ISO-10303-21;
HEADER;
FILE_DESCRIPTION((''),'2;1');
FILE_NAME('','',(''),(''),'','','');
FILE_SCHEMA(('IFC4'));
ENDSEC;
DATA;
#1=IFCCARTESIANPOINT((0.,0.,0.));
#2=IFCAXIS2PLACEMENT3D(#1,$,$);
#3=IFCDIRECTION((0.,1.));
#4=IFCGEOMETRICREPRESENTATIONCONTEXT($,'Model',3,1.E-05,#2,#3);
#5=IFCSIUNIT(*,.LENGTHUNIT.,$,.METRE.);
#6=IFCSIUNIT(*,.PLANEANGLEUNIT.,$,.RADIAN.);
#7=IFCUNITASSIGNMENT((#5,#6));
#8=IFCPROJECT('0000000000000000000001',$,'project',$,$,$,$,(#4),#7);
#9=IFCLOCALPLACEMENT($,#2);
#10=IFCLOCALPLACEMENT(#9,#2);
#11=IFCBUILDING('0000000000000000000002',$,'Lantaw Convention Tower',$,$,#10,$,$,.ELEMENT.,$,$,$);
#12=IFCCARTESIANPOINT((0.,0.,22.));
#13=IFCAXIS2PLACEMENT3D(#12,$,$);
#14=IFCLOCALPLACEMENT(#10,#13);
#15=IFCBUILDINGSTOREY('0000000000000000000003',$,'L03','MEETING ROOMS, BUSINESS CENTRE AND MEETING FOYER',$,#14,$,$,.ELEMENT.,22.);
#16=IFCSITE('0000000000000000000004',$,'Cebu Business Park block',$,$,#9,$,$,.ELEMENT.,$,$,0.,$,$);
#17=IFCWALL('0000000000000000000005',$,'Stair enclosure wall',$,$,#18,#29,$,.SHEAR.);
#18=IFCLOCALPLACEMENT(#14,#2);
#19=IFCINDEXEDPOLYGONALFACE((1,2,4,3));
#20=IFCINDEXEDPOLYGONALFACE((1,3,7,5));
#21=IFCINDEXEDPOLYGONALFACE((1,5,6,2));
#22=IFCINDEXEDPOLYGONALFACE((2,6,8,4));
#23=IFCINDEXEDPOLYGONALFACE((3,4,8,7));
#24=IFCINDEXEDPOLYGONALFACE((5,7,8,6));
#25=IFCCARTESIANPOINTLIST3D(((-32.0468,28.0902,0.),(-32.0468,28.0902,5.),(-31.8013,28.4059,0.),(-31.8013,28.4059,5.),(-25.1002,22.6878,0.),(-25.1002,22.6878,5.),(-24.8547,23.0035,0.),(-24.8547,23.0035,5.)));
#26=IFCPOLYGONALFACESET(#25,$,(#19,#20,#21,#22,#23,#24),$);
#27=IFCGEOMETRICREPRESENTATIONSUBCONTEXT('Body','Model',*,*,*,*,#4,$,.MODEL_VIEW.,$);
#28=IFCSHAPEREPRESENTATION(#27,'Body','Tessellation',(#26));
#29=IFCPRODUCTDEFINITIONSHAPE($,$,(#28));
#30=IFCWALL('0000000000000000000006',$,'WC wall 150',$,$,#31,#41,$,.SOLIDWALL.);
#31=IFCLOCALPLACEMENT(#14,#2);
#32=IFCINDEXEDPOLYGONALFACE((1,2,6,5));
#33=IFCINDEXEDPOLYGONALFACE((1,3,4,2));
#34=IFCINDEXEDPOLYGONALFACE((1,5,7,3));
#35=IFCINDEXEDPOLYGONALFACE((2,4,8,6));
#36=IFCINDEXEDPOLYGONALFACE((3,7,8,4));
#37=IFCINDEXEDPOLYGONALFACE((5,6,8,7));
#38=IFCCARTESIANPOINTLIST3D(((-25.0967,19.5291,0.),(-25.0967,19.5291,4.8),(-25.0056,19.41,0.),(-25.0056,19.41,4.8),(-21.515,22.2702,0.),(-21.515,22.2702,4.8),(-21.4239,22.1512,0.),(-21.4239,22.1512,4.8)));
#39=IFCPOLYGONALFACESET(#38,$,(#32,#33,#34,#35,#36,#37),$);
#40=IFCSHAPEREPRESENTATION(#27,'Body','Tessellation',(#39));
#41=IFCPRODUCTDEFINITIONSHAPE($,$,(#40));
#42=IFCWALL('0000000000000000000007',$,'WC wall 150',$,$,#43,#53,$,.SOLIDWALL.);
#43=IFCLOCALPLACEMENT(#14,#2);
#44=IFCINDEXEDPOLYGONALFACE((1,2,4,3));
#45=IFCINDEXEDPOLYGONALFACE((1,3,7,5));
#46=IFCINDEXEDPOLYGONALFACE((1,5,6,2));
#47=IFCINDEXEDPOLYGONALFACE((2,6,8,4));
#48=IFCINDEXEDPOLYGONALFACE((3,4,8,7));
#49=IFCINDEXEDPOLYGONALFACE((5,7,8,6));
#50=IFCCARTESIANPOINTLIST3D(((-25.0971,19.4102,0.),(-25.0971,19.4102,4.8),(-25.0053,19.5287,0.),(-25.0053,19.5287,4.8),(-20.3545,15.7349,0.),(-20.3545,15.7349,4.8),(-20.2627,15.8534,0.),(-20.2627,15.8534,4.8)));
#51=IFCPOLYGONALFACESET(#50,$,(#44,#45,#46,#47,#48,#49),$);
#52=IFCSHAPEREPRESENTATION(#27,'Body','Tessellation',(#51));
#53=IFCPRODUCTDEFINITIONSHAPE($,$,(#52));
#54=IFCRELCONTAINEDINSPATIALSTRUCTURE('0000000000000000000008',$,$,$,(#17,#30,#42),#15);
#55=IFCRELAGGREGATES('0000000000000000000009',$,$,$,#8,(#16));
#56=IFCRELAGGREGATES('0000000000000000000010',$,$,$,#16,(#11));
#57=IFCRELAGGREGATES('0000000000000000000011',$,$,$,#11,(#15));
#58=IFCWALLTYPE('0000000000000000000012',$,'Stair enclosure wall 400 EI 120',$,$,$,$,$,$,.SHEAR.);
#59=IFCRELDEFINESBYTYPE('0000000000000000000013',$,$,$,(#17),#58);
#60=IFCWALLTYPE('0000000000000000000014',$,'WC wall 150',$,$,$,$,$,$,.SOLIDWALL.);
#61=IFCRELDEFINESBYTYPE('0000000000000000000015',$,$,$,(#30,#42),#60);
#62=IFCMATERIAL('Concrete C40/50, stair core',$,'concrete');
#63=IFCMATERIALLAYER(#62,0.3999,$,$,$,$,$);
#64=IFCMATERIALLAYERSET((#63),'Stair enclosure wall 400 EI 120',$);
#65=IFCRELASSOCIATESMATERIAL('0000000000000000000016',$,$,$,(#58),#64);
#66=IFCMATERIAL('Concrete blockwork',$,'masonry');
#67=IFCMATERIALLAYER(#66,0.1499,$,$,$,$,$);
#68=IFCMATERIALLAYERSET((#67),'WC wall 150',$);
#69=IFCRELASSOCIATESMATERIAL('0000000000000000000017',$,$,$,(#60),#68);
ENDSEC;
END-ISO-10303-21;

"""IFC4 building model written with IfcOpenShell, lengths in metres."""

from ifc_helpers import new_model, si_unit, direction, frame, frame_2d, origin, place, context, subcontext, project, spatial, rectangle, extrude, material, layer, layer_set, type_object, element, save


model = new_model("IFC4")

# Units and contexts
model_context = context("Model", 3, precision=1e-05, world=origin(), true_north=direction((0.0, 1.0)))
body_context = subcontext(model_context, "Body", "Model", "MODEL_VIEW")
ifc_project = project(units=[si_unit("LENGTHUNIT", "METRE"), si_unit("PLANEANGLEUNIT", "RADIAN")], contexts=[model_context])

# Site, building, storey
site_placement = place(None, origin())
site = spatial("IfcSite", under=ifc_project, at=site_placement, Name="Cebu Business Park block", CompositionType="ELEMENT", RefElevation=0.0)
building_placement = place(site_placement, origin())
building = spatial("IfcBuilding", under=site, at=building_placement, Name="Lantaw Convention Tower", CompositionType="ELEMENT")
storey_placement = place(building_placement, frame((0.0, 0.0, 22.0)))
storey = spatial("IfcBuildingStorey", under=building, at=storey_placement, Name="L03", Description="MEETING ROOMS, BUSINESS CENTRE AND MEETING FOYER", CompositionType="ELEMENT", Elevation=22.0)

# Shared definitions
ifc_material_1 = material(Name="Concrete blockwork", Category="masonry")

# Shared definitions
ifc_material_2 = material(Name="Concrete C40/50, stair core", Category="concrete")
ifc_layer_1 = layer(ifc_material_2, 0.3999)
ifc_layer_set_1 = layer_set([ifc_layer_1], Name="Stair enclosure wall 400 EI 120")
wall_type_1 = type_object("IfcWallType", Name="Stair enclosure wall 400 EI 120", PredefinedType="SHEAR", material=ifc_layer_set_1)

# Walls
wall_1_placement = place(storey_placement, frame((-24.9775, 22.8457, 0.0), z_axis=(0.0, 0.0, 1.0), x_axis=(-0.789381, 0.613904, 0.0)))
element("IfcWall", 1, at=wall_1_placement, inside=storey, type_object=wall_type_1, Name="Stair enclosure wall", PredefinedType="SHEAR", context=body_context, shape_type="SweptSolid", body=[
    extrude(rectangle(XDim=8.8, YDim=0.3999, at=frame_2d((4.3999, 0.0))), origin(), (0.0, 0.0, 1.0), 5.0),
])
ifc_layer_2 = layer(ifc_material_1, 0.1499)
ifc_layer_set_2 = layer_set([ifc_layer_2], Name="WC wall 150")
wall_type_2 = type_object("IfcWallType", Name="WC wall 150", PredefinedType="SOLIDWALL", material=ifc_layer_set_2)
wall_2_placement = place(storey_placement, frame((-21.4695, 22.2107, 0.0), z_axis=(0.0, 0.0, 1.0), x_axis=(-0.794123, -0.607757, 0.0)))
element("IfcWall", 2, at=wall_2_placement, inside=storey, type_object=wall_type_2, Name="WC wall 150", PredefinedType="SOLIDWALL", context=body_context, shape_type="SweptSolid", body=[
    extrude(rectangle(XDim=4.5103, YDim=0.1499, at=frame_2d((2.2551, 0.0))), origin(), (0.0, 0.0, 1.0), 4.8),
])
wall_3_placement = place(storey_placement, frame((-20.3086, 15.7942, 0.0), z_axis=(0.0, 0.0, 1.0), x_axis=(-0.790438, 0.612542, 0.0)))
element("IfcWall", 3, at=wall_3_placement, inside=storey, type_object=wall_type_2, Name="WC wall 150", PredefinedType="SOLIDWALL", context=body_context, shape_type="SweptSolid", body=[
    extrude(rectangle(XDim=6.0, YDim=0.1499, at=frame_2d((3.0, 0.0))), origin(), (0.0, 0.0, 1.0), 4.8),
])

save(model, "model.ifc")
